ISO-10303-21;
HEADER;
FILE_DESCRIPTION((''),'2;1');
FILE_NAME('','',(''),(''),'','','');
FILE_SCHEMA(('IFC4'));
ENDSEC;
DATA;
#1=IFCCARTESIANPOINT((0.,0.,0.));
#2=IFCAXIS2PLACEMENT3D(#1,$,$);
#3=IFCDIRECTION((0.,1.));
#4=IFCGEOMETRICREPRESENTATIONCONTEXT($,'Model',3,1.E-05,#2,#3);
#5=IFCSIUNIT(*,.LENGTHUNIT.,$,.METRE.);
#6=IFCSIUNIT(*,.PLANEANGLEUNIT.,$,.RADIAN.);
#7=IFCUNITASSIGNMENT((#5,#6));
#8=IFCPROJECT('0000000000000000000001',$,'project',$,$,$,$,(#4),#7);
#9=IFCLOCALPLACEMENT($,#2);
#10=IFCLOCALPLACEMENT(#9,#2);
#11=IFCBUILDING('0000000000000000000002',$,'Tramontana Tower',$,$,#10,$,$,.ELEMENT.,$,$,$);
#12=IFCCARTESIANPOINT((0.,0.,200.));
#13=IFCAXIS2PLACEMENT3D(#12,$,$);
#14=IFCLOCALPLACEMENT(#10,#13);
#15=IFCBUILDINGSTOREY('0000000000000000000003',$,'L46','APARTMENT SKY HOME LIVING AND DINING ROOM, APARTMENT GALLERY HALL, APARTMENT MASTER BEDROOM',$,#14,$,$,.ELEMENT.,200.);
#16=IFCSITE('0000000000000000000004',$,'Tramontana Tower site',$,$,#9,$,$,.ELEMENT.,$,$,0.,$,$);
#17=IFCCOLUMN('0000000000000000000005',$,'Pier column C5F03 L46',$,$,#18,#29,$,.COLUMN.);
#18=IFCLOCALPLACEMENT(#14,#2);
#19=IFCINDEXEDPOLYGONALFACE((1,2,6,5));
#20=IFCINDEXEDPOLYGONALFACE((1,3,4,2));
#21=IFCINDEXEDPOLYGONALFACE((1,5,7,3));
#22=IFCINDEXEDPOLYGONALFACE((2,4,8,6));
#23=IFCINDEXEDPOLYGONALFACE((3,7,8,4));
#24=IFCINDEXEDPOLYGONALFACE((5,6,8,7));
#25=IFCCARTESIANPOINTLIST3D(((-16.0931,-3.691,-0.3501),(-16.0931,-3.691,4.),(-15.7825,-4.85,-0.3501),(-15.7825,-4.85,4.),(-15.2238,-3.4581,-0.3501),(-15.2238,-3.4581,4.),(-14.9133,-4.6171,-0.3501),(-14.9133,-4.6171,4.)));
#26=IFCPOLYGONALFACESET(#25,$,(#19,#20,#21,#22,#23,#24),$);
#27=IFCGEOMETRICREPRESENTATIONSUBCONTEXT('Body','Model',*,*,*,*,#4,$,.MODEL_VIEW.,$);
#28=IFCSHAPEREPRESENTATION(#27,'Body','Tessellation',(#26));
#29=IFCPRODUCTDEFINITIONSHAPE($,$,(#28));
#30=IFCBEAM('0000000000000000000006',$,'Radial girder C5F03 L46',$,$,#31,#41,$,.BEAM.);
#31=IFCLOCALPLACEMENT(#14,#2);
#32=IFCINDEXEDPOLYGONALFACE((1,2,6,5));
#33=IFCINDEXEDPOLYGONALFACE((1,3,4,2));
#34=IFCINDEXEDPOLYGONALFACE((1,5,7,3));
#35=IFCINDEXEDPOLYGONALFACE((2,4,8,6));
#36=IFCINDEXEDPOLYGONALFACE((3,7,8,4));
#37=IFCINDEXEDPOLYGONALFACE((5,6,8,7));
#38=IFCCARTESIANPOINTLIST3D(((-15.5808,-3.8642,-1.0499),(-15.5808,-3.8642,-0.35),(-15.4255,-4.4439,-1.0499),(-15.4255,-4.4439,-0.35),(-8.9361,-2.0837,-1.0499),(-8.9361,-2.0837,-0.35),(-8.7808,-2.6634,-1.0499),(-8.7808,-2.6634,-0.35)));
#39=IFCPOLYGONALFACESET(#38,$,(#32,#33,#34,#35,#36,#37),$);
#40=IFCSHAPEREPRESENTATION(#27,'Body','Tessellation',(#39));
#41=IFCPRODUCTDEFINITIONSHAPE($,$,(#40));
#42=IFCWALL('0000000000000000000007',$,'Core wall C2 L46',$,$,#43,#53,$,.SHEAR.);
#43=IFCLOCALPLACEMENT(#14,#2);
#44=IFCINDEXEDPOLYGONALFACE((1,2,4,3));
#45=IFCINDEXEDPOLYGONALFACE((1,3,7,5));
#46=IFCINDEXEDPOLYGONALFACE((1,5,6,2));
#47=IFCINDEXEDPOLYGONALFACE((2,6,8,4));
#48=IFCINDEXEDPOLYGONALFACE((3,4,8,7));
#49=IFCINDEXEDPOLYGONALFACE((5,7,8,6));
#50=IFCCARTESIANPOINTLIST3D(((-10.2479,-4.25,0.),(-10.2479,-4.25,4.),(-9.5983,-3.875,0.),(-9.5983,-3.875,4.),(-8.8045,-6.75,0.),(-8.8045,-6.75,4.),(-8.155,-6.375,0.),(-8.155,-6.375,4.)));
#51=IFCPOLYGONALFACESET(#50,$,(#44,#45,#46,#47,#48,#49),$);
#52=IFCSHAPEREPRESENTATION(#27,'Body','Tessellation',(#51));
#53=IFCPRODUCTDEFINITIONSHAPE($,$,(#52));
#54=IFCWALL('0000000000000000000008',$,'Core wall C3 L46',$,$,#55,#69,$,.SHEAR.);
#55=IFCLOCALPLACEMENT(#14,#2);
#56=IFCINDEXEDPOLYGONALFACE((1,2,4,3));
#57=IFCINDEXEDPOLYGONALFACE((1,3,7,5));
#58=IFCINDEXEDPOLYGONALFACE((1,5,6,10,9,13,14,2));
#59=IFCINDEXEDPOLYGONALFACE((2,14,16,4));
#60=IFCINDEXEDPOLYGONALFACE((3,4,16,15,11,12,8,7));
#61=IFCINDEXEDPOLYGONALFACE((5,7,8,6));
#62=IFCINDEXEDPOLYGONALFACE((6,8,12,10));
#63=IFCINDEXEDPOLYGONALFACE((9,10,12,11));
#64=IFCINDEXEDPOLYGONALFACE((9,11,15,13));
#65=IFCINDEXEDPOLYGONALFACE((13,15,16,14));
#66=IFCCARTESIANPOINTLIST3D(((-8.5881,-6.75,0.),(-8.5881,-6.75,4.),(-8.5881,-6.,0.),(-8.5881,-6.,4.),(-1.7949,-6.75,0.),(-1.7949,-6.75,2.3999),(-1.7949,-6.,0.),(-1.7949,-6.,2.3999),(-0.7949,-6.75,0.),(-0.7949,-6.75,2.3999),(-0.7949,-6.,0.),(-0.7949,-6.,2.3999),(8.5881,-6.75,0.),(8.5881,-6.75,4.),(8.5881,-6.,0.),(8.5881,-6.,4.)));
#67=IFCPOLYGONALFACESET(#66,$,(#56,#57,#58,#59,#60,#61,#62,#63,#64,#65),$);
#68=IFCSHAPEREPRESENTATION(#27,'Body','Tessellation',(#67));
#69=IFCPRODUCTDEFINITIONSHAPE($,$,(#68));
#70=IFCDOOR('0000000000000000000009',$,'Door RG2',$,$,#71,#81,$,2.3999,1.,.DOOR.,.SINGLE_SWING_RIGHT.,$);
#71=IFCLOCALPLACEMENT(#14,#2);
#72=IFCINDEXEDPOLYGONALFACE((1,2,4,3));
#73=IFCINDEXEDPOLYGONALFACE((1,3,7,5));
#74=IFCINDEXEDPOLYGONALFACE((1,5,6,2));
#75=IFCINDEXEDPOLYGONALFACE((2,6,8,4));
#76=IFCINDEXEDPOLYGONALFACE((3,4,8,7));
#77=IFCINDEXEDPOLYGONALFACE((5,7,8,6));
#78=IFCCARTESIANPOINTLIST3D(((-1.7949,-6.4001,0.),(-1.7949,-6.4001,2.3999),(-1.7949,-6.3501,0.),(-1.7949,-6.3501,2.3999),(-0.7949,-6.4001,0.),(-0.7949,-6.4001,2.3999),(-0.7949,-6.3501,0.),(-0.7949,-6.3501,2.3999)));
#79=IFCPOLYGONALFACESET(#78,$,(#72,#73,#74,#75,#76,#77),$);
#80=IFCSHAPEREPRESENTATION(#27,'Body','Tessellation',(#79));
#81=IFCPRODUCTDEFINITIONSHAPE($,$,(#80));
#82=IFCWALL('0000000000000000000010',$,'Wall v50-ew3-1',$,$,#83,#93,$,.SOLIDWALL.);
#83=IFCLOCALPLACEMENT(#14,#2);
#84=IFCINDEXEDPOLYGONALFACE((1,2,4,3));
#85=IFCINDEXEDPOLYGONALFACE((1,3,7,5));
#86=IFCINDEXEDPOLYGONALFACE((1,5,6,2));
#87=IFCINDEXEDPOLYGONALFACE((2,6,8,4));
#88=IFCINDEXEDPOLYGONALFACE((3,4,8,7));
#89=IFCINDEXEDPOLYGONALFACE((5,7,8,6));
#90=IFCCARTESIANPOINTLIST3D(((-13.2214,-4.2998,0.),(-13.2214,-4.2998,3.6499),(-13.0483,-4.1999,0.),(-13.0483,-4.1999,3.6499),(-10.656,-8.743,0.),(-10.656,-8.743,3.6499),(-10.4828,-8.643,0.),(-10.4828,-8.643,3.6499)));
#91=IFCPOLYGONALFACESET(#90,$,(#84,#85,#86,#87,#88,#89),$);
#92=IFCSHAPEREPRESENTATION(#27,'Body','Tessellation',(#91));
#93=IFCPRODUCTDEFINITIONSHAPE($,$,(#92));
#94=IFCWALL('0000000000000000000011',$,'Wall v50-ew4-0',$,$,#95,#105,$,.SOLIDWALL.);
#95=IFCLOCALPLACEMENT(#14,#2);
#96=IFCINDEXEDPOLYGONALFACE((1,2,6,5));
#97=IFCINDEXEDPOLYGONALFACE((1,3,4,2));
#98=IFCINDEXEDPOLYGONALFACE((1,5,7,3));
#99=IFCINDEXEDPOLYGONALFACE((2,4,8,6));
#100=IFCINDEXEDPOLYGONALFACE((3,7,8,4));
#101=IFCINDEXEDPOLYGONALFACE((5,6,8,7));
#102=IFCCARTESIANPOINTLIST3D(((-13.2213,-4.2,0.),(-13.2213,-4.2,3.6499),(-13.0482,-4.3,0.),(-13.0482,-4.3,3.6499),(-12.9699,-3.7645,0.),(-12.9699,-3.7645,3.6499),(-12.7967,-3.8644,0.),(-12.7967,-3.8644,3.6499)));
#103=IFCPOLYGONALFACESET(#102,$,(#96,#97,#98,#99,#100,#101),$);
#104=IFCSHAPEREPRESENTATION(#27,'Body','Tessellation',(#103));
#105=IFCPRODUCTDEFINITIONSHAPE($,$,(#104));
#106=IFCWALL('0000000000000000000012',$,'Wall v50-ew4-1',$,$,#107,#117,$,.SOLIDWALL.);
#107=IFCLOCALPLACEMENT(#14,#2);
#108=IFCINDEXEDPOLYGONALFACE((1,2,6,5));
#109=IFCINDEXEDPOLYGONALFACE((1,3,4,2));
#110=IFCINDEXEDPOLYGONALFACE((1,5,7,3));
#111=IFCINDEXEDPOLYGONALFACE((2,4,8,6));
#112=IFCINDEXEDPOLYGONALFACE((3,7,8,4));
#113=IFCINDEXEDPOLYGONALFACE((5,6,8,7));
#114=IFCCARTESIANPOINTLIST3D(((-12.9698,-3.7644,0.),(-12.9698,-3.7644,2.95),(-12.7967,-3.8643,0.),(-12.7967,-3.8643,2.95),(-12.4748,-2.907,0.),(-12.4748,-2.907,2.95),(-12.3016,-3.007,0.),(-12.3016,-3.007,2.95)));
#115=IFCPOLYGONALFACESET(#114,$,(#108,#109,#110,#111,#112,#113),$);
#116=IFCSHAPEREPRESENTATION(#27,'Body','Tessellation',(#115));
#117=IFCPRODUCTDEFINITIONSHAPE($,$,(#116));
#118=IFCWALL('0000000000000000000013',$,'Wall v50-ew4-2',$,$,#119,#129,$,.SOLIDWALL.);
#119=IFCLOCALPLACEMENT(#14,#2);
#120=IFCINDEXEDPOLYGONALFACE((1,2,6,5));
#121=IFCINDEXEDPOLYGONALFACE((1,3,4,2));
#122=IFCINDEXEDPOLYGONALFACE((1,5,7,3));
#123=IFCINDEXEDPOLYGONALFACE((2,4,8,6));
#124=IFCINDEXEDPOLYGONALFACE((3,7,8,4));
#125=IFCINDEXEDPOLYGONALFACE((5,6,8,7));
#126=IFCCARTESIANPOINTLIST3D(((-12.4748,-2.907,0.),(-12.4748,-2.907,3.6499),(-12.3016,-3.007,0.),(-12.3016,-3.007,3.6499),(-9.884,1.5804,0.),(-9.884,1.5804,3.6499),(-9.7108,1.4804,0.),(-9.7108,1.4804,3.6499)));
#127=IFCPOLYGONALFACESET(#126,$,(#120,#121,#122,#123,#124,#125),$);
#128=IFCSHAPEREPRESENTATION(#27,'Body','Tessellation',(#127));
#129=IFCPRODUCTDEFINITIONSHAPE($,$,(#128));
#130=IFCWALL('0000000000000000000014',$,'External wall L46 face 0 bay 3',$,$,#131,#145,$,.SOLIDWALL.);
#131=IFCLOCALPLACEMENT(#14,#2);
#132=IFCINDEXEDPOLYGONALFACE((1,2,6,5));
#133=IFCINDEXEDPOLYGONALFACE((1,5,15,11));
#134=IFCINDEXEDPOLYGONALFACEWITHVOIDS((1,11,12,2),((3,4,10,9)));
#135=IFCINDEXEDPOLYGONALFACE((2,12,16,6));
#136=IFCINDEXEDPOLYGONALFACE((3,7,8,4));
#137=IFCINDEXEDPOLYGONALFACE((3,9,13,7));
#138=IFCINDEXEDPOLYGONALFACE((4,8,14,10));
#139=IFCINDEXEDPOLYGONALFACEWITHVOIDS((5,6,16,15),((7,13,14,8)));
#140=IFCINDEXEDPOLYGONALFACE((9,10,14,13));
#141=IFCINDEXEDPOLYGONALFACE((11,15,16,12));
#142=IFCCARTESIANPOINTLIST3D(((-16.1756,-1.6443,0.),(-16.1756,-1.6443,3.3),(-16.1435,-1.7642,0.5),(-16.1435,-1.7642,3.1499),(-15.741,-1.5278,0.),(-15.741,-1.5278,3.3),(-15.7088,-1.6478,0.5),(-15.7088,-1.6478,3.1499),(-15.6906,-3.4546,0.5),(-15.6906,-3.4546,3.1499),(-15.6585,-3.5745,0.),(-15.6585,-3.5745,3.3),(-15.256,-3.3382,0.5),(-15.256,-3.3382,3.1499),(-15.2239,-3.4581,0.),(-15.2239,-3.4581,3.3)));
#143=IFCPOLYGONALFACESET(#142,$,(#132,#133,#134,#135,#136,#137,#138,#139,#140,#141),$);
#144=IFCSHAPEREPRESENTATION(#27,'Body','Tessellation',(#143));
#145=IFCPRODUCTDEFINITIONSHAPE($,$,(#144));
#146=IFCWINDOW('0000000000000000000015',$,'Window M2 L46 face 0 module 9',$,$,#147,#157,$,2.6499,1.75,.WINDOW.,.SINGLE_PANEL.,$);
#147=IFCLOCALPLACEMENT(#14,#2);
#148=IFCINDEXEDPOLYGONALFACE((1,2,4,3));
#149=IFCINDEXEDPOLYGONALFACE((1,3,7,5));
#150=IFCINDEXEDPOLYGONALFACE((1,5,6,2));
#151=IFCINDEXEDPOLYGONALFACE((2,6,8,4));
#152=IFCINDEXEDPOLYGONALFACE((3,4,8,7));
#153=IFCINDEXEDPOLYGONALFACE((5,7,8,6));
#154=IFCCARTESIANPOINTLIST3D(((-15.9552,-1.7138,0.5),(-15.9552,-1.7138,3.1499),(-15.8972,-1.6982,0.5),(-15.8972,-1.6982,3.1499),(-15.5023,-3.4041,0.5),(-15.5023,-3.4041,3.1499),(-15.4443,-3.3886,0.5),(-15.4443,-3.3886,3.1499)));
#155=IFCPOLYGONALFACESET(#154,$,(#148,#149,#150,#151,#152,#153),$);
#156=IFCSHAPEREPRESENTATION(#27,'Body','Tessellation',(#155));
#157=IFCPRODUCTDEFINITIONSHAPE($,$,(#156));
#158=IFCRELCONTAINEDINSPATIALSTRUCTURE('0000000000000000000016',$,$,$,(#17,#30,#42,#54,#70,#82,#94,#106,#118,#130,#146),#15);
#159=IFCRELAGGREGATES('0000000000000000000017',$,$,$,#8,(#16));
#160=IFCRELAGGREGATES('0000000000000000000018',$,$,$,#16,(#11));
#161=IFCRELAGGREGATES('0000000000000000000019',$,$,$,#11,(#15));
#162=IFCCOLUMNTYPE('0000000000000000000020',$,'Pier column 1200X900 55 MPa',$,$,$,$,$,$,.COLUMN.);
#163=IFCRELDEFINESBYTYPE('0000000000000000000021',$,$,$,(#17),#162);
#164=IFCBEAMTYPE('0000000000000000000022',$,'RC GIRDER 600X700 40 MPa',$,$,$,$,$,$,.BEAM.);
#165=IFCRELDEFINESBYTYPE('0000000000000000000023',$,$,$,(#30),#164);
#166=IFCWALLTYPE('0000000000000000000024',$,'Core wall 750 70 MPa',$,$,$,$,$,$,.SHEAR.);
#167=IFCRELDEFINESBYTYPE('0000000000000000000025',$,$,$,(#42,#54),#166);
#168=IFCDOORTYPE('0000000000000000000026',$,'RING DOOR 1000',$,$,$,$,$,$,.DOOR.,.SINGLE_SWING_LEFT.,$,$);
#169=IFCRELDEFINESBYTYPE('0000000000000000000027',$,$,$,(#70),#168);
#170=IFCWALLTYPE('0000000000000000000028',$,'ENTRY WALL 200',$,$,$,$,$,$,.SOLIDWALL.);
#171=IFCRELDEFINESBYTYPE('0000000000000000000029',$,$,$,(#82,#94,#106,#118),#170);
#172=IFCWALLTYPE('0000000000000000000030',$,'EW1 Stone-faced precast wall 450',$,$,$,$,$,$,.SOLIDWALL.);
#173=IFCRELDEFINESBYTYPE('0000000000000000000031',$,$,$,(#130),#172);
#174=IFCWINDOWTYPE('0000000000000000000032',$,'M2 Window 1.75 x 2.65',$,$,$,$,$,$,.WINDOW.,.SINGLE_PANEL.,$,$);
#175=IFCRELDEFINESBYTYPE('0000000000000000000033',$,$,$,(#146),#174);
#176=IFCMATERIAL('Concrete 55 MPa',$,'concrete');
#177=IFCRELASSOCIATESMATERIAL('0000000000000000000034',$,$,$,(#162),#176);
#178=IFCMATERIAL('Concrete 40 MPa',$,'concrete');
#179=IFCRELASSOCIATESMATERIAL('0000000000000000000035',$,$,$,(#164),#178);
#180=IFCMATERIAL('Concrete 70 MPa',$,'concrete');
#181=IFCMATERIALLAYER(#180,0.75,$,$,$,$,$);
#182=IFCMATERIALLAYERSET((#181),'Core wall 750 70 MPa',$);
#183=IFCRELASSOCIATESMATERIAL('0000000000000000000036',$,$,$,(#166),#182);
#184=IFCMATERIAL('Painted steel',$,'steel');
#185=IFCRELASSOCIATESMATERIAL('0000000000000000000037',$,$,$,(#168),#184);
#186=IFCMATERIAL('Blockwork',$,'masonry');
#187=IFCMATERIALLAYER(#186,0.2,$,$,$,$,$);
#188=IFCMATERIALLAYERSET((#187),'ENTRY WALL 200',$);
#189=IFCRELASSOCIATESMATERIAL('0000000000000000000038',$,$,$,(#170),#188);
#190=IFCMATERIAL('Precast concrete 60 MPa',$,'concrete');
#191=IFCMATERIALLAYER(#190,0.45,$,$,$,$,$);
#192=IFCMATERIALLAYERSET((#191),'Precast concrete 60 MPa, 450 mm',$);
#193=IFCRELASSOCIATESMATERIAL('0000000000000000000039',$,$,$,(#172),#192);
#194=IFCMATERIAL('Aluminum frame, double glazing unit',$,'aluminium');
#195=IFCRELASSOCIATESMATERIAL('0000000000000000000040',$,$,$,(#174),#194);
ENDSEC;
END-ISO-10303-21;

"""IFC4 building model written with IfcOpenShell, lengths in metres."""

from ifc_helpers import new_model, si_unit, direction, frame, frame_2d, origin, origin_2d, place, context, subcontext, project, spatial, rectangle, extrude, material, layer, layer_set, material_profile, profile_set, type_object, element, fill, save


model = new_model("IFC4")

# Units and contexts
model_context = context("Model", 3, precision=1e-05, world=origin(), true_north=direction((0.0, 1.0)))
body_context = subcontext(model_context, "Body", "Model", "MODEL_VIEW")
ifc_project = project(units=[si_unit("LENGTHUNIT", "METRE"), si_unit("PLANEANGLEUNIT", "RADIAN")], contexts=[model_context])

# Site, building, storey
site_placement = place(None, origin())
site = spatial("IfcSite", under=ifc_project, at=site_placement, Name="Tramontana Tower site", CompositionType="ELEMENT", RefElevation=0.0)
building_placement = place(site_placement, origin())
building = spatial("IfcBuilding", under=site, at=building_placement, Name="Tramontana Tower", CompositionType="ELEMENT")
storey_placement = place(building_placement, frame((0.0, 0.0, 200.0)))
storey = spatial("IfcBuildingStorey", under=building, at=storey_placement, Name="L46", Description="APARTMENT SKY HOME LIVING AND DINING ROOM, APARTMENT GALLERY HALL, APARTMENT MASTER BEDROOM", CompositionType="ELEMENT", Elevation=200.0)

# Column
ifc_material_1 = material(Name="Concrete 55 MPa", Category="concrete")
ifc_material_profile_1 = material_profile(ifc_material_1, rectangle(XDim=1.2, YDim=0.8999, at=origin_2d()), Name="Pier column 1200X900 55 MPa")
ifc_profile_set_1 = profile_set([ifc_material_profile_1], Name="Concrete 55 MPa")
column_type = type_object("IfcColumnType", Name="Pier column 1200X900 55 MPa", PredefinedType="COLUMN", material=ifc_profile_set_1)
column_placement = place(storey_placement, frame((-15.5032, -4.1541, -0.3501), z_axis=(0.0, 0.0, 1.0), x_axis=(0.258819, -0.965926, 0.0)))
element("IfcColumn", 1, at=column_placement, inside=storey, type_object=column_type, Name="Pier column C5F03 L46", PredefinedType="COLUMN", context=body_context, shape_type="SweptSolid", body=[
    extrude(rectangle(XDim=1.2, YDim=0.8999, at=origin_2d()), origin(), (0.0, 0.0, 1.0), 4.3501),
])

# Beam
ifc_material_2 = material(Name="Concrete 40 MPa", Category="concrete")
ifc_material_profile_2 = material_profile(ifc_material_2, rectangle(XDim=0.6001, YDim=0.7, at=origin_2d()), Name="RC GIRDER 600X700 40 MPa")
ifc_profile_set_2 = profile_set([ifc_material_profile_2], Name="Concrete 40 MPa")
beam_type = type_object("IfcBeamType", Name="RC GIRDER 600X700 40 MPa", PredefinedType="BEAM", material=ifc_profile_set_2)
beam_placement = place(storey_placement, frame((-15.5032, -4.1541, -0.7), z_axis=(0.965924, 0.258827, 0.0), x_axis=(-0.258827, 0.965924, 0.0)))
element("IfcBeam", 2, at=beam_placement, inside=storey, type_object=beam_type, Name="Radial girder C5F03 L46", PredefinedType="BEAM", context=body_context, shape_type="SweptSolid", body=[
    extrude(rectangle(XDim=0.6001, YDim=0.7, at=origin_2d()), origin(), (0.0, 0.0, 1.0), 6.8792),
])

# Wall
ifc_material_3 = material(Name="Concrete 70 MPa", Category="concrete")
ifc_layer_1 = layer(ifc_material_3, 0.75)
ifc_layer_set_1 = layer_set([ifc_layer_1], Name="Core wall 750 70 MPa")
wall_type_1 = type_object("IfcWallType", Name="Core wall 750 70 MPa", PredefinedType="SHEAR", material=ifc_layer_set_1)
wall_1_placement = place(storey_placement, frame((-9.9231, -4.0625, 0.0), z_axis=(0.0, 0.0, 1.0), x_axis=(0.499996, -0.866028, 0.0)))
element("IfcWall", 3, at=wall_1_placement, inside=storey, type_object=wall_type_1, Name="Core wall C2 L46", PredefinedType="SHEAR", context=body_context, shape_type="SweptSolid", body=[
    extrude(rectangle(XDim=2.8867, YDim=0.75, at=frame_2d((1.4434, 0.0))), origin(), (0.0, 0.0, 1.0), 4.0),
])

# Wall, opening, door
wall_2_placement = place(storey_placement, frame((-8.5881, -6.375, 0.0), z_axis=(0.0, 0.0, 1.0), x_axis=(1.0, 0.0, 0.0)))
wall_2 = element("IfcWall", 4, at=wall_2_placement, inside=storey, type_object=wall_type_1, Name="Core wall C3 L46", PredefinedType="SHEAR", context=body_context, shape_type="SweptSolid", body=[
    extrude(rectangle(XDim=17.1763, YDim=0.75, at=frame_2d((8.5881, 0.0))), origin(), (0.0, 0.0, 1.0), 4.0),
])
opening_1_placement = place(wall_2_placement, frame((6.7932, 0.0, 0.0)))
opening_1 = element("IfcOpeningElement", 5, at=opening_1_placement, cuts=wall_2, PredefinedType="OPENING", context=body_context, shape_type="SweptSolid", body=[
    extrude(rectangle(XDim=1.0, YDim=2.3999, at=frame_2d((0.5, 1.2))), frame((0.0, 0.385, 0.0), z_axis=(0.0, -1.0, 0.0), x_axis=(1.0, 0.0, 0.0)), (0.0, 0.0, 1.0), 0.77),
])
ifc_material_4 = material(Name="Painted steel", Category="steel")
door_type_1 = type_object("IfcDoorType", Name="RING DOOR 1000", OperationType="SINGLE_SWING_LEFT", PredefinedType="DOOR", material=ifc_material_4)
door_1_placement = place(opening_1_placement, origin())
door_1 = element("IfcDoor", 6, at=door_1_placement, inside=storey, type_object=door_type_1, Name="Door RG2", OperationType="SINGLE_SWING_RIGHT", OverallHeight=2.3999, OverallWidth=1.0, PredefinedType="DOOR", context=body_context, shape_type="SweptSolid", body=[
    extrude(rectangle(XDim=1.0, YDim=2.3999, at=frame_2d((0.5, 1.2))), frame((0.0, 0.0249, 0.0), z_axis=(0.0, -1.0, 0.0), x_axis=(1.0, 0.0, 0.0)), (0.0, 0.0, 1.0), 0.05),
])
fill(opening_1, door_1)

# Walls
ifc_material_5 = material(Name="Blockwork", Category="masonry")
ifc_layer_2 = layer(ifc_material_5, 0.2)
ifc_layer_set_2 = layer_set([ifc_layer_2], Name="ENTRY WALL 200")
wall_type_2 = type_object("IfcWallType", Name="ENTRY WALL 200", PredefinedType="SOLIDWALL", material=ifc_layer_set_2)
wall_3_placement = place(storey_placement, frame((-10.5693, -8.6931, 0.0), z_axis=(0.0, 0.0, 1.0), x_axis=(-0.500029, 0.866009, 0.0)))
element("IfcWall", 7, at=wall_3_placement, inside=storey, type_object=wall_type_2, Name="Wall v50-ew3-1", PredefinedType="SOLIDWALL", context=body_context, shape_type="SweptSolid", body=[
    extrude(rectangle(XDim=5.1306, YDim=0.2, at=frame_2d((2.5654, 0.0))), origin(), (0.0, 0.0, 1.0), 3.6499),
])
wall_4_placement = place(storey_placement, frame((-13.1348, -4.25, 0.0), z_axis=(0.0, 0.0, 1.0), x_axis=(0.500003, 0.866024, 0.0)))
element("IfcWall", 8, at=wall_4_placement, inside=storey, type_object=wall_type_2, Name="Wall v50-ew4-0", PredefinedType="SOLIDWALL", context=body_context, shape_type="SweptSolid", body=[
    extrude(rectangle(XDim=0.5029, YDim=0.2, at=frame_2d((0.2515, 0.0))), origin(), (0.0, 0.0, 1.0), 3.6499),
])
wall_5_placement = place(storey_placement, frame((-12.8833, -3.8145, 0.0), z_axis=(0.0, 0.0, 1.0), x_axis=(0.500064, 0.865988, 0.0)))
element("IfcWall", 9, at=wall_5_placement, inside=storey, type_object=wall_type_2, Name="Wall v50-ew4-1", PredefinedType="SOLIDWALL", context=body_context, shape_type="SweptSolid", body=[
    extrude(rectangle(XDim=0.99, YDim=0.2, at=frame_2d((0.4951, 0.0))), origin(), (0.0, 0.0, 1.0), 2.95),
])
wall_6_placement = place(storey_placement, frame((-12.3882, -2.957, 0.0), z_axis=(0.0, 0.0, 1.0), x_axis=(0.49999, 0.866031, 0.0)))
element("IfcWall", 10, at=wall_6_placement, inside=storey, type_object=wall_type_2, Name="Wall v50-ew4-2", PredefinedType="SOLIDWALL", context=body_context, shape_type="SweptSolid", body=[
    extrude(rectangle(XDim=5.1816, YDim=0.2, at=frame_2d((2.5908, 0.0))), origin(), (0.0, 0.0, 1.0), 3.6499),
])

# Wall, opening, window
ifc_material_6 = material(Name="Precast concrete 60 MPa", Category="concrete")
ifc_layer_3 = layer(ifc_material_6, 0.45)
ifc_layer_set_3 = layer_set([ifc_layer_3], Name="Precast concrete 60 MPa, 450 mm")
wall_type_3 = type_object("IfcWallType", Name="EW1 Stone-faced precast wall 450", PredefinedType="SOLIDWALL", material=ifc_layer_set_3)
wall_7_placement = place(storey_placement, frame((-15.9583, -1.5862, 0.0), z_axis=(0.0, 0.0, 1.0), x_axis=(0.258773, -0.965938, 0.0)))
wall_7 = element("IfcWall", 11, at=wall_7_placement, inside=storey, type_object=wall_type_3, Name="External wall L46 face 0 bay 3", PredefinedType="SOLIDWALL", context=body_context, shape_type="SweptSolid", body=[
    extrude(rectangle(XDim=1.9983, YDim=0.45, at=frame_2d((0.999, 0.0))), origin(), (0.0, 0.0, 1.0), 3.3),
])
opening_2_placement = place(wall_7_placement, frame((0.124, 0.0, 0.5)))
opening_2 = element("IfcOpeningElement", 12, at=opening_2_placement, cuts=wall_7, PredefinedType="OPENING", context=body_context, shape_type="SweptSolid", body=[
    extrude(rectangle(XDim=1.75, YDim=2.6499, at=frame_2d((0.875, 1.325))), frame((0.0, 0.2349, 0.0), z_axis=(0.0, -1.0, 0.0), x_axis=(1.0, 0.0, 0.0)), (0.0, 0.0, 1.0), 0.47),
])
ifc_material_7 = material(Name="Aluminum frame, double glazing unit", Category="aluminium")
window_type = type_object("IfcWindowType", Name="M2 Window 1.75 x 2.65", PartitioningType="SINGLE_PANEL", PredefinedType="WINDOW", material=ifc_material_7)
window_1_placement = place(opening_2_placement, origin())
window_1 = element("IfcWindow", 13, at=window_1_placement, inside=storey, type_object=window_type, Name="Window M2 L46 face 0 module 9", OverallHeight=2.6499, OverallWidth=1.75, PartitioningType="SINGLE_PANEL", PredefinedType="WINDOW", context=body_context, shape_type="SweptSolid", body=[
    extrude(rectangle(XDim=1.75, YDim=2.6499, at=frame_2d((0.875, 1.325))), frame((0.0, 0.03, 0.0), z_axis=(0.0, -1.0, 0.0), x_axis=(1.0, 0.0, 0.0)), (0.0, 0.0, 1.0), 0.0601),
])
fill(opening_2, window_1)

save(model, "model.ifc")
